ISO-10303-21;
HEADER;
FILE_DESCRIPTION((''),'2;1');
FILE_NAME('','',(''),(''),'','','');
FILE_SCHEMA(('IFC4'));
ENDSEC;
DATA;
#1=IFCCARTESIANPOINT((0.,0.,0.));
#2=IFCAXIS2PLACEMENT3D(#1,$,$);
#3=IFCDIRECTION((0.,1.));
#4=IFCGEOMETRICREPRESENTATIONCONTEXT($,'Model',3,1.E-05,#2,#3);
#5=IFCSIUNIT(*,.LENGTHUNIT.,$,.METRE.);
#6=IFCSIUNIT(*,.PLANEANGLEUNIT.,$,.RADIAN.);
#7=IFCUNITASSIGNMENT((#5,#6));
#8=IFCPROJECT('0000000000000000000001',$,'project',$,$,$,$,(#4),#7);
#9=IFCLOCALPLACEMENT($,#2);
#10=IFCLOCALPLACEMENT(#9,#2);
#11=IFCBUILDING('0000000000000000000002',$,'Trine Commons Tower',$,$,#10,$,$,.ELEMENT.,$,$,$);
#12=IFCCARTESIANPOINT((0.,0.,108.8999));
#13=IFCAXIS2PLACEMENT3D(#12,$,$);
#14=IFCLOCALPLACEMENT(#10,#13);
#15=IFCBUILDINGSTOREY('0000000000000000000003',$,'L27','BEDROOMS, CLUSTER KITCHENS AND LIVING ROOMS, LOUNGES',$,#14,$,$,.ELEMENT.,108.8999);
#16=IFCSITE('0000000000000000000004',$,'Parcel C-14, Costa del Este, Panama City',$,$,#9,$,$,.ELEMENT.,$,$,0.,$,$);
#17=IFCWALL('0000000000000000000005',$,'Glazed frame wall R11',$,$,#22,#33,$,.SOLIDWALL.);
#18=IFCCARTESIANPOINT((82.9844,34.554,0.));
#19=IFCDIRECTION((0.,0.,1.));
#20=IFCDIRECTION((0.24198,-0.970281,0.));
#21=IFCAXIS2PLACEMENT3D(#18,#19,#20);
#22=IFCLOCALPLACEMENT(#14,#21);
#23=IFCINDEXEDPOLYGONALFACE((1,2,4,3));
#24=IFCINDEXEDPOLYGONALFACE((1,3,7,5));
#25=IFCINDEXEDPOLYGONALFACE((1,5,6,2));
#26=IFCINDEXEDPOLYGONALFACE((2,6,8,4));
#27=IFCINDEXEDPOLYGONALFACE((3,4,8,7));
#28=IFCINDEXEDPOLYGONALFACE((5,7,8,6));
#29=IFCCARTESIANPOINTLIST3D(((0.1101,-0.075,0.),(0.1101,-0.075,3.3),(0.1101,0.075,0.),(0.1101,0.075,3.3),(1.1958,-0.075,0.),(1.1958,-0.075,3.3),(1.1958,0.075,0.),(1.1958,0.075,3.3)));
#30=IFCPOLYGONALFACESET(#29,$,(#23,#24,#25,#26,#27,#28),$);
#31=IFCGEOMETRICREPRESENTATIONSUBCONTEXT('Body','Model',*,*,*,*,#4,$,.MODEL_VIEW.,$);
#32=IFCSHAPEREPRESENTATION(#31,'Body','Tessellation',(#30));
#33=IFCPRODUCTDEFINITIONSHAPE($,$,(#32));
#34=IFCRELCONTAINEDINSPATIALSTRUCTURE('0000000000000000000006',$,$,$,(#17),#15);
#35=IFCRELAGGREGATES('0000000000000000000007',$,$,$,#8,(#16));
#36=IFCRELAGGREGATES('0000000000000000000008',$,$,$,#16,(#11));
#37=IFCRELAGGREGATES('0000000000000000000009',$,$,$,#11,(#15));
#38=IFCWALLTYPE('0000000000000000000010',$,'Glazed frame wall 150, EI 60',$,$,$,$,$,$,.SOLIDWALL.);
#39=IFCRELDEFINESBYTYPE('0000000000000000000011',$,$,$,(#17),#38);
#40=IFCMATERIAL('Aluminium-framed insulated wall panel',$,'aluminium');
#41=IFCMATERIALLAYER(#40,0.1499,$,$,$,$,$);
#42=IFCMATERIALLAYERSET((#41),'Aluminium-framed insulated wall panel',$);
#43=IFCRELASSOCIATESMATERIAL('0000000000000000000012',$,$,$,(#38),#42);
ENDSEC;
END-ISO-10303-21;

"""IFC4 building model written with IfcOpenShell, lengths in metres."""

from ifc_helpers import new_model, si_unit, direction, frame, origin, place, context, subcontext, project, spatial, polyline, outline, extrude, material, layer, layer_set, type_object, element, save


model = new_model("IFC4")

# Units and contexts
model_context = context("Model", 3, precision=1e-05, world=origin(), true_north=direction((0.0, 1.0)))
body_context = subcontext(model_context, "Body", "Model", "MODEL_VIEW")
ifc_project = project(units=[si_unit("LENGTHUNIT", "METRE"), si_unit("PLANEANGLEUNIT", "RADIAN")], contexts=[model_context])

# Site, building, storey
site_placement = place(None, origin())
site = spatial("IfcSite", under=ifc_project, at=site_placement, Name="Parcel C-14, Costa del Este, Panama City", CompositionType="ELEMENT", RefElevation=0.0)
building_placement = place(site_placement, origin())
building = spatial("IfcBuilding", under=site, at=building_placement, Name="Trine Commons Tower", CompositionType="ELEMENT")
storey_placement = place(building_placement, frame((0.0, 0.0, 108.8999)))
storey = spatial("IfcBuildingStorey", under=building, at=storey_placement, Name="L27", Description="BEDROOMS, CLUSTER KITCHENS AND LIVING ROOMS, LOUNGES", CompositionType="ELEMENT", Elevation=108.8999)

# Shared definitions
ifc_material_1 = material(Name="Aluminium-framed insulated wall panel", Category="aluminium")
ifc_layer_1 = layer(ifc_material_1, 0.1499)
ifc_layer_set_1 = layer_set([ifc_layer_1], Name="Aluminium-framed insulated wall panel")
wall_type_1 = type_object("IfcWallType", Name="Glazed frame wall 150, EI 60", PredefinedType="SOLIDWALL", material=ifc_layer_set_1)

# Wall
wall_1_placement = place(storey_placement, frame((82.9844, 34.554, 0.0), z_axis=(0.0, 0.0, 1.0), x_axis=(0.24198, -0.970281, 0.0)))
element("IfcWall", 1, at=wall_1_placement, inside=storey, type_object=wall_type_1, Name="Glazed frame wall R11", PredefinedType="SOLIDWALL", context=body_context, shape_type="SweptSolid", body=[
    extrude(outline(polyline([(0.1101, 0.075), (0.1101, -0.075), (1.1958, -0.075), (1.1958, 0.075), (0.1101, 0.075)])), origin(), (0.0, 0.0, 1.0), 3.3),
])

save(model, "model.ifc")
